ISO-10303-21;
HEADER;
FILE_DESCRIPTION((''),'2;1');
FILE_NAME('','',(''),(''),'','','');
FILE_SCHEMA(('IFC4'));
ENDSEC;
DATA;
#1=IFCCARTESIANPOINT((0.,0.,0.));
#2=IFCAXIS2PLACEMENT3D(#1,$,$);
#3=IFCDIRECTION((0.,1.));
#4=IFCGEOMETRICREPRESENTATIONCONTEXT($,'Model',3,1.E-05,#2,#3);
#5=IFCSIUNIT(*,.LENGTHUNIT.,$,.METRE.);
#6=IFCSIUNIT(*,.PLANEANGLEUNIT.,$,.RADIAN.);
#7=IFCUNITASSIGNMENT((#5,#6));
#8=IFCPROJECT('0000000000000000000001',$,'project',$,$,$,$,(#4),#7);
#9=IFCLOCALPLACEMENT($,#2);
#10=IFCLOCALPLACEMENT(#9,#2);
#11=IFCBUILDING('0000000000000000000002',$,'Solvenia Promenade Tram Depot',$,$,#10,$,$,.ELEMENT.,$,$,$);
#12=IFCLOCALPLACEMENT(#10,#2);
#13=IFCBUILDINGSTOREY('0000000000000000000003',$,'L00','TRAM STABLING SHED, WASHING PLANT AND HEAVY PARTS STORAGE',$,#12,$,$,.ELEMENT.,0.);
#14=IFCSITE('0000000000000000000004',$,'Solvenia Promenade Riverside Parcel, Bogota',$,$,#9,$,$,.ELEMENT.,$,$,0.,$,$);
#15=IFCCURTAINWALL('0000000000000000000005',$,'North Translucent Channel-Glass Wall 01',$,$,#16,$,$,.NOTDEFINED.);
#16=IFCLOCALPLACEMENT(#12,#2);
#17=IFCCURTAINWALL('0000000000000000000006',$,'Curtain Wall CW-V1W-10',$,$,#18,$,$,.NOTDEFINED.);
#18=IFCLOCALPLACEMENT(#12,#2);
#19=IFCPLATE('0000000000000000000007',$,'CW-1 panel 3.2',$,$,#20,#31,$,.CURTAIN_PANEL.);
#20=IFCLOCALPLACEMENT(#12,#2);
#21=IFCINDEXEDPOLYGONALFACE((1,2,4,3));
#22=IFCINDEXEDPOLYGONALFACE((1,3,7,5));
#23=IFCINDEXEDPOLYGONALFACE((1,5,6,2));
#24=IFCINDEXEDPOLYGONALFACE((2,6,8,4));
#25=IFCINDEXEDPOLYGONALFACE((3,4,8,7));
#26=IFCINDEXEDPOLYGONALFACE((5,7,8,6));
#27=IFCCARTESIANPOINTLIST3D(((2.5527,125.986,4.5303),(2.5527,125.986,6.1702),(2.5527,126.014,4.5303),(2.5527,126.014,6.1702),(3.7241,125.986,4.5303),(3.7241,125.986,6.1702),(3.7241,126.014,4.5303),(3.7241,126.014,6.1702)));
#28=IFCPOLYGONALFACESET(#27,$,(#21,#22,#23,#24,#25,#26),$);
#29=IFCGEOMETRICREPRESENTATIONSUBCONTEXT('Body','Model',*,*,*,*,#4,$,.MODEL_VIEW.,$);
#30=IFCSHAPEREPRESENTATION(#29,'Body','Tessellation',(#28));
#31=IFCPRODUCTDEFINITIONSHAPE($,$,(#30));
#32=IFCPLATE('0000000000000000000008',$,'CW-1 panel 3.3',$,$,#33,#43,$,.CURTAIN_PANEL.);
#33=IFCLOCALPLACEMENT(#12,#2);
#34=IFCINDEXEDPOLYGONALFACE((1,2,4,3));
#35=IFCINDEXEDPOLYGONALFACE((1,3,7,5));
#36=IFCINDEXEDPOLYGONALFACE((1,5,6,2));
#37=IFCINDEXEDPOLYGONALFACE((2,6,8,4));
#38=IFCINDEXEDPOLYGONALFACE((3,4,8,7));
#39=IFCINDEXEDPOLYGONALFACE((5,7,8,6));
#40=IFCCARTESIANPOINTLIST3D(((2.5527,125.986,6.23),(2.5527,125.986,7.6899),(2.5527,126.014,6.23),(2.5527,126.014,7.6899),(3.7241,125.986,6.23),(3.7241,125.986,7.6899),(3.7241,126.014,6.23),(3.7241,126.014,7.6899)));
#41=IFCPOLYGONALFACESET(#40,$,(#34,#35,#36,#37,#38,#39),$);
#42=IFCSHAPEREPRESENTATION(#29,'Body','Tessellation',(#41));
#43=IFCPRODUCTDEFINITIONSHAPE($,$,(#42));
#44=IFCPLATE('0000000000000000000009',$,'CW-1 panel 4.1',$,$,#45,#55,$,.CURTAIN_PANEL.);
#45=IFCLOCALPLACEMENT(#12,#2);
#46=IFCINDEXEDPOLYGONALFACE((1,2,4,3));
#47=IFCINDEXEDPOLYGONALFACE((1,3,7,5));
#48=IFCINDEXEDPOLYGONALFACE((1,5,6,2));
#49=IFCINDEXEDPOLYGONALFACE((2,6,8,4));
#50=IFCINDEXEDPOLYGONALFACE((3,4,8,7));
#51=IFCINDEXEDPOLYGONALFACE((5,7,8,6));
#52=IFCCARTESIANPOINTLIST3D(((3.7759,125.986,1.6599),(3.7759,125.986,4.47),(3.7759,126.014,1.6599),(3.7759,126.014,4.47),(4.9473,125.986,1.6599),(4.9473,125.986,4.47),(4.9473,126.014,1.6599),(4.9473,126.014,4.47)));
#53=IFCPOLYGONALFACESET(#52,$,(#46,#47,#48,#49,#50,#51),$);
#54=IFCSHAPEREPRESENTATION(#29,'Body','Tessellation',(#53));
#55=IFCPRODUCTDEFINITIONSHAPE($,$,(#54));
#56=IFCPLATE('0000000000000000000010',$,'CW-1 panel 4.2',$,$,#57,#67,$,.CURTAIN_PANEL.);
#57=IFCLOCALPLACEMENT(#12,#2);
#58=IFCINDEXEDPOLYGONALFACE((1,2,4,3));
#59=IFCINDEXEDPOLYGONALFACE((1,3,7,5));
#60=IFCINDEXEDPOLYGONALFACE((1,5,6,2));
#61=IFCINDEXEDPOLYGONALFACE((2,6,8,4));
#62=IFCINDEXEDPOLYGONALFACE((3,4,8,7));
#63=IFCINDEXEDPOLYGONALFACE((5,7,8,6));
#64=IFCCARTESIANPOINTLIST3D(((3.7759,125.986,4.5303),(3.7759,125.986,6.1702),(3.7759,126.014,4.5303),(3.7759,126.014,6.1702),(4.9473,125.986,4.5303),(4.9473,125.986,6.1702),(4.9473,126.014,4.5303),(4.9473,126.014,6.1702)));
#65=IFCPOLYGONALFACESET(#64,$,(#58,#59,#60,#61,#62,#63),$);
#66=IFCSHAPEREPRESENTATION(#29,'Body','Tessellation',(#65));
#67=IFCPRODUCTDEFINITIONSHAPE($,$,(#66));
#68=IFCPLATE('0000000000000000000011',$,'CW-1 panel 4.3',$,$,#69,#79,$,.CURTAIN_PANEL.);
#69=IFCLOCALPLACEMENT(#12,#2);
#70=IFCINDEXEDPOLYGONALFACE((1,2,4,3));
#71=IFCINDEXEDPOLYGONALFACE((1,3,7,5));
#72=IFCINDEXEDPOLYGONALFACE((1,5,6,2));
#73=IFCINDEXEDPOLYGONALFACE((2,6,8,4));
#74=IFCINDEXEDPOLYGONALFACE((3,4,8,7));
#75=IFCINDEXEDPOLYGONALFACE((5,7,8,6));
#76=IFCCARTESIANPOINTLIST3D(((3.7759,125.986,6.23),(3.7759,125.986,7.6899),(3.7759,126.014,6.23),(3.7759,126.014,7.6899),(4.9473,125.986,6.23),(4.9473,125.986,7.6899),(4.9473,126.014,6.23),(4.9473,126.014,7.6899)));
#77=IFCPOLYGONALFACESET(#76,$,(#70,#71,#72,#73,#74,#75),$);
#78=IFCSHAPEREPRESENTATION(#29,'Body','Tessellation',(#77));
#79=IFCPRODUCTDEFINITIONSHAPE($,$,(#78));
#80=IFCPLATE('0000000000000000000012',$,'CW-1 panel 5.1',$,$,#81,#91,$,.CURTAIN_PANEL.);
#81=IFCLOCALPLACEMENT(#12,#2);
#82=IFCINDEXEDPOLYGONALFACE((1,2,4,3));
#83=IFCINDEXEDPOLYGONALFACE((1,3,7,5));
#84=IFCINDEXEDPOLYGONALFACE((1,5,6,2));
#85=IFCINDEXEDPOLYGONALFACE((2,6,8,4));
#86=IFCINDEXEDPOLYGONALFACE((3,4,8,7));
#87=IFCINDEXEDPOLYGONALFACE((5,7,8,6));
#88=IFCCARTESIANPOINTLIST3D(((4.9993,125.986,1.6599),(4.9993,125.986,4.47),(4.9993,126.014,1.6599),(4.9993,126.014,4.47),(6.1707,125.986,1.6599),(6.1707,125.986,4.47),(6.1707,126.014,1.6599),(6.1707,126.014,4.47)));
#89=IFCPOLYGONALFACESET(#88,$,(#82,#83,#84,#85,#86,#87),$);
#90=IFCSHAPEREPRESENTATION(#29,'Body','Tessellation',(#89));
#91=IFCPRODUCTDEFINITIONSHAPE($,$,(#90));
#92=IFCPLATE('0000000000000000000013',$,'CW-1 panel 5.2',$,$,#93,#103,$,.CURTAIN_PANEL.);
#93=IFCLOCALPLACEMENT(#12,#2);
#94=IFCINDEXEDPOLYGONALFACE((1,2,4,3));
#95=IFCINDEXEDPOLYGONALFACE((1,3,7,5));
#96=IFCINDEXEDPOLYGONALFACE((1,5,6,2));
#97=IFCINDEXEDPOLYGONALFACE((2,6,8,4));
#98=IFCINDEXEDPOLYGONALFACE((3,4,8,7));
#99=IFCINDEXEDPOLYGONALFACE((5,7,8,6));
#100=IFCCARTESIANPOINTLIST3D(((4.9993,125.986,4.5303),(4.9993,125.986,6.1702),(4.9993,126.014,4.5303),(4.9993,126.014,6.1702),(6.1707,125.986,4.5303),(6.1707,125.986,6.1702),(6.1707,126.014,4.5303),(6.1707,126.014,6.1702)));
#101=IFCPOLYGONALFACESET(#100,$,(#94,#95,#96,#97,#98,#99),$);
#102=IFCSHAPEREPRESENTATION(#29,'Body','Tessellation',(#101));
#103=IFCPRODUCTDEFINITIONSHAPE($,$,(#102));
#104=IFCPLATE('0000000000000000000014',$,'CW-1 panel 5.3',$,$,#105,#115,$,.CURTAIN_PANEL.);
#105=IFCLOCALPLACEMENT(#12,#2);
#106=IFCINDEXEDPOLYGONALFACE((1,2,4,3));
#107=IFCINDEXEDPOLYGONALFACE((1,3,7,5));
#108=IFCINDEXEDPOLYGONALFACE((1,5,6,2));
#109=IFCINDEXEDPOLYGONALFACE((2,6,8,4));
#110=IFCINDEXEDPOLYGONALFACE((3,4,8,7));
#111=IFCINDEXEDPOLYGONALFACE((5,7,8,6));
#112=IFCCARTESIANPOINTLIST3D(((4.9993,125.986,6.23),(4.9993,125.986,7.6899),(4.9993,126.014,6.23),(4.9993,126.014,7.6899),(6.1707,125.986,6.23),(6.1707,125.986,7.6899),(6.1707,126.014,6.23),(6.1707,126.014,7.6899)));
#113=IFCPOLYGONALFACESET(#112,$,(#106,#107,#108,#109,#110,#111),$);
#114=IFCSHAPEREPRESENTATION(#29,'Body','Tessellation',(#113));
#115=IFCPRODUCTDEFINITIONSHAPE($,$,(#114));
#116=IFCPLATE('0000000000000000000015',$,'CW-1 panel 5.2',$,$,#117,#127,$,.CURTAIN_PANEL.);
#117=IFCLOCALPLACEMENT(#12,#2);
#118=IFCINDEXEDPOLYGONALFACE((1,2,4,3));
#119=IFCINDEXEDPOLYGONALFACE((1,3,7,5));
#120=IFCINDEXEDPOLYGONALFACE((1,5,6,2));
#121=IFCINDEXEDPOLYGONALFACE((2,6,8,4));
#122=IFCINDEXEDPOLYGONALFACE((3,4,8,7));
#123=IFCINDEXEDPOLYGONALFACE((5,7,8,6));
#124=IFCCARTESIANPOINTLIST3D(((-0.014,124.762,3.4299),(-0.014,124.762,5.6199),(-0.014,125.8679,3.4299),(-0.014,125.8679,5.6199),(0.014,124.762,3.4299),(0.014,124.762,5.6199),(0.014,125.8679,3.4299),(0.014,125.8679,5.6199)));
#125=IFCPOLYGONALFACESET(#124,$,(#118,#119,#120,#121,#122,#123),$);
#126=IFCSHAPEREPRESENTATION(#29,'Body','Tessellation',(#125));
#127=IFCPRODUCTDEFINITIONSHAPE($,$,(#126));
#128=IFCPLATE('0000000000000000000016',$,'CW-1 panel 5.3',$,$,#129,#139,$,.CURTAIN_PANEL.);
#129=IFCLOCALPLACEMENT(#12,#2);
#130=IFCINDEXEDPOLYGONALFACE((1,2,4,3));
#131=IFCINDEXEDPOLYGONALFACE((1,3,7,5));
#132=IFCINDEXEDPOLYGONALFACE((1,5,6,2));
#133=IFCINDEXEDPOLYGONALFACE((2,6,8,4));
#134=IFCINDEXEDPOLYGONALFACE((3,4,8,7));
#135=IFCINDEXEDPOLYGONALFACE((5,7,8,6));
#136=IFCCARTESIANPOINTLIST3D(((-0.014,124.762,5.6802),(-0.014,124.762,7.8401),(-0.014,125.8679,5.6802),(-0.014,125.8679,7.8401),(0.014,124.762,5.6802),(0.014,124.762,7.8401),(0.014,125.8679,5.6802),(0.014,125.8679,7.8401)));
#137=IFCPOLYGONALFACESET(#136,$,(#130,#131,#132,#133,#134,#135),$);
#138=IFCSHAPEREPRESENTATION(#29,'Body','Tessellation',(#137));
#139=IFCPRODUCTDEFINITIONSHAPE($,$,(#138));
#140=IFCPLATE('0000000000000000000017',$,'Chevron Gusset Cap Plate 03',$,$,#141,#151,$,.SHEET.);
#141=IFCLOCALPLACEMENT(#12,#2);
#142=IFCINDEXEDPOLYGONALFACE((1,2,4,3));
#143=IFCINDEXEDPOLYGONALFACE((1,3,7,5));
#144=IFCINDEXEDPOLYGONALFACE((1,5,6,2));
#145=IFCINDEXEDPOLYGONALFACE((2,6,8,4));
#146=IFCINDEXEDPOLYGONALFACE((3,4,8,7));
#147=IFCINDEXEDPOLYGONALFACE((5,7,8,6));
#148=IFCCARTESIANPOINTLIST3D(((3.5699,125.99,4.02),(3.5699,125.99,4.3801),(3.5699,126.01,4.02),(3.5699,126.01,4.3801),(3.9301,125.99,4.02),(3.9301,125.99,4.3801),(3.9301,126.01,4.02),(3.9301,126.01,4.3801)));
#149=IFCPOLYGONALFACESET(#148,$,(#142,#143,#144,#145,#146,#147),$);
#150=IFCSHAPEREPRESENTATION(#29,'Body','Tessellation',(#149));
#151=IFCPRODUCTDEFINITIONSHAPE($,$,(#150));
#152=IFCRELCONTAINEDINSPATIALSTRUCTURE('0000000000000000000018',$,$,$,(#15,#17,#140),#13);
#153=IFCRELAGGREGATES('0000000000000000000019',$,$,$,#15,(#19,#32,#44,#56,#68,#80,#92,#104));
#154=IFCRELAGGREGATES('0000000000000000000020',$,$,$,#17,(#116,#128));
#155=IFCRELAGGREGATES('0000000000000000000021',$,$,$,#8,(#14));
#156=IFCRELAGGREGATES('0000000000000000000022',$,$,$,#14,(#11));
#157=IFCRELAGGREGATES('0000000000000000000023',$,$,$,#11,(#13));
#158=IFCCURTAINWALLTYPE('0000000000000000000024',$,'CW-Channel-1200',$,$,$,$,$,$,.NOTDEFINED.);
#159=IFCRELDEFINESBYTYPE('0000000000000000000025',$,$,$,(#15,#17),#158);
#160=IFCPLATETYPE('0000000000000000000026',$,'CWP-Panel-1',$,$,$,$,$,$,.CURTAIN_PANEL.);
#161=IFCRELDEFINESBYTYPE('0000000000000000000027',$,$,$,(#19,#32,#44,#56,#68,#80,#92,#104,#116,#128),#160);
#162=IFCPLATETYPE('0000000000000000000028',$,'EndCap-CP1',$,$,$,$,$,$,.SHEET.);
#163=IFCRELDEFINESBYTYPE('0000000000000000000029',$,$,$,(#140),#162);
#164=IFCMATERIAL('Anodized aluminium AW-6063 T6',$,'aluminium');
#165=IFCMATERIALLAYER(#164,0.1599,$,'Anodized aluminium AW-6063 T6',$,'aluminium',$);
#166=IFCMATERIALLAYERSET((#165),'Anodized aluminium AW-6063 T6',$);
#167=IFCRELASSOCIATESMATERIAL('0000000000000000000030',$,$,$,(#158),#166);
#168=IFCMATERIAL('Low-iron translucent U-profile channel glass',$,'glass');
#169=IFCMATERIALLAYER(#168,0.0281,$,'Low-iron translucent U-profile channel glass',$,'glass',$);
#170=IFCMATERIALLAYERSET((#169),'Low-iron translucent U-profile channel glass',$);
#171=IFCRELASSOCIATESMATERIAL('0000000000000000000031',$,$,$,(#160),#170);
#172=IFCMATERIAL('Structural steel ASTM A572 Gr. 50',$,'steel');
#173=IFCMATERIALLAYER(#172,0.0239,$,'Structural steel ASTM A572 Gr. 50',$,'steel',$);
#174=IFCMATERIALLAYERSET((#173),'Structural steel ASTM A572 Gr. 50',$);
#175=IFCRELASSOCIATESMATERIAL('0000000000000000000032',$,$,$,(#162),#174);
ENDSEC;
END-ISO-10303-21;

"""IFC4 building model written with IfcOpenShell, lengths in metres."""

from ifc_helpers import new_model, si_unit, direction, frame, origin, origin_2d, place, context, subcontext, project, spatial, rectangle, extrude, material, layer, layer_set, type_object, element, aggregate, save


model = new_model("IFC4")

# Units and contexts
model_context = context("Model", 3, precision=1e-05, world=origin(), true_north=direction((0.0, 1.0)))
body_context = subcontext(model_context, "Body", "Model", "MODEL_VIEW")
ifc_project = project(units=[si_unit("LENGTHUNIT", "METRE"), si_unit("PLANEANGLEUNIT", "RADIAN")], contexts=[model_context])

# Site, building, storey
site_placement = place(None, origin())
site = spatial("IfcSite", under=ifc_project, at=site_placement, Name="Solvenia Promenade Riverside Parcel, Bogota", CompositionType="ELEMENT", RefElevation=0.0)
building_placement = place(site_placement, origin())
building = spatial("IfcBuilding", under=site, at=building_placement, Name="Solvenia Promenade Tram Depot", CompositionType="ELEMENT")
storey_placement = place(building_placement, origin())
storey = spatial("IfcBuildingStorey", under=building, at=storey_placement, Name="L00", Description="TRAM STABLING SHED, WASHING PLANT AND HEAVY PARTS STORAGE", CompositionType="ELEMENT", Elevation=0.0)

# Curtain walls
ifc_material_1 = material(Name="Anodized aluminium AW-6063 T6", Category="aluminium")
ifc_layer_1 = layer(ifc_material_1, 0.1599, Name="Anodized aluminium AW-6063 T6", Category="aluminium")
ifc_layer_set_1 = layer_set([ifc_layer_1], Name="Anodized aluminium AW-6063 T6")
curtain_wall_type = type_object("IfcCurtainWallType", Name="CW-Channel-1200", PredefinedType="NOTDEFINED", material=ifc_layer_set_1)
curtain_wall_1_placement = place(storey_placement, origin())
curtain_wall_1 = element("IfcCurtainWall", 1, at=curtain_wall_1_placement, inside=storey, type_object=curtain_wall_type, Name="North Translucent Channel-Glass Wall 01", PredefinedType="NOTDEFINED")
curtain_wall_2_placement = place(storey_placement, origin())
curtain_wall_2 = element("IfcCurtainWall", 2, at=curtain_wall_2_placement, inside=storey, type_object=curtain_wall_type, Name="Curtain Wall CW-V1W-10", PredefinedType="NOTDEFINED")

# Plates
ifc_material_2 = material(Name="Low-iron translucent U-profile channel glass", Category="glass")
ifc_layer_2 = layer(ifc_material_2, 0.0281, Name="Low-iron translucent U-profile channel glass", Category="glass")
ifc_layer_set_2 = layer_set([ifc_layer_2], Name="Low-iron translucent U-profile channel glass")
plate_type_1 = type_object("IfcPlateType", Name="CWP-Panel-1", PredefinedType="CURTAIN_PANEL", material=ifc_layer_set_2)
plate_1_placement = place(storey_placement, frame((3.1384, 126.0, 4.5303), z_axis=(0.0, 0.0, 1.0), x_axis=(1.0, 0.0, 0.0)))
plate_1 = element("IfcPlate", 3, at=plate_1_placement, type_object=plate_type_1, Name="CW-1 panel 3.2", PredefinedType="CURTAIN_PANEL", context=body_context, shape_type="SweptSolid", body=[
    extrude(rectangle(XDim=1.1714, YDim=0.0281, at=origin_2d()), origin(), (0.0, 0.0, 1.0), 1.6399),
])
plate_2_placement = place(storey_placement, frame((3.1384, 126.0, 6.23), z_axis=(0.0, 0.0, 1.0), x_axis=(1.0, 0.0, 0.0)))
plate_2 = element("IfcPlate", 4, at=plate_2_placement, type_object=plate_type_1, Name="CW-1 panel 3.3", PredefinedType="CURTAIN_PANEL", context=body_context, shape_type="SweptSolid", body=[
    extrude(rectangle(XDim=1.1714, YDim=0.0281, at=origin_2d()), origin(), (0.0, 0.0, 1.0), 1.46),
])
plate_3_placement = place(storey_placement, frame((4.3616, 126.0, 1.6599), z_axis=(0.0, 0.0, 1.0), x_axis=(1.0, 0.0, 0.0)))
plate_3 = element("IfcPlate", 5, at=plate_3_placement, type_object=plate_type_1, Name="CW-1 panel 4.1", PredefinedType="CURTAIN_PANEL", context=body_context, shape_type="SweptSolid", body=[
    extrude(rectangle(XDim=1.1714, YDim=0.0281, at=origin_2d()), origin(), (0.0, 0.0, 1.0), 2.8101),
])
plate_4_placement = place(storey_placement, frame((4.3616, 126.0, 4.5303), z_axis=(0.0, 0.0, 1.0), x_axis=(1.0, 0.0, 0.0)))
plate_4 = element("IfcPlate", 6, at=plate_4_placement, type_object=plate_type_1, Name="CW-1 panel 4.2", PredefinedType="CURTAIN_PANEL", context=body_context, shape_type="SweptSolid", body=[
    extrude(rectangle(XDim=1.1714, YDim=0.0281, at=origin_2d()), origin(), (0.0, 0.0, 1.0), 1.6399),
])
plate_5_placement = place(storey_placement, frame((4.3616, 126.0, 6.23), z_axis=(0.0, 0.0, 1.0), x_axis=(1.0, 0.0, 0.0)))
plate_5 = element("IfcPlate", 7, at=plate_5_placement, type_object=plate_type_1, Name="CW-1 panel 4.3", PredefinedType="CURTAIN_PANEL", context=body_context, shape_type="SweptSolid", body=[
    extrude(rectangle(XDim=1.1714, YDim=0.0281, at=origin_2d()), origin(), (0.0, 0.0, 1.0), 1.46),
])
plate_6_placement = place(storey_placement, frame((5.585, 126.0, 1.6599), z_axis=(0.0, 0.0, 1.0), x_axis=(1.0, 0.0, 0.0)))
plate_6 = element("IfcPlate", 8, at=plate_6_placement, type_object=plate_type_1, Name="CW-1 panel 5.1", PredefinedType="CURTAIN_PANEL", context=body_context, shape_type="SweptSolid", body=[
    extrude(rectangle(XDim=1.1714, YDim=0.0281, at=origin_2d()), origin(), (0.0, 0.0, 1.0), 2.8101),
])
plate_7_placement = place(storey_placement, frame((5.585, 126.0, 4.5303), z_axis=(0.0, 0.0, 1.0), x_axis=(1.0, 0.0, 0.0)))
plate_7 = element("IfcPlate", 9, at=plate_7_placement, type_object=plate_type_1, Name="CW-1 panel 5.2", PredefinedType="CURTAIN_PANEL", context=body_context, shape_type="SweptSolid", body=[
    extrude(rectangle(XDim=1.1714, YDim=0.0281, at=origin_2d()), origin(), (0.0, 0.0, 1.0), 1.6399),
])
plate_8_placement = place(storey_placement, frame((5.585, 126.0, 6.23), z_axis=(0.0, 0.0, 1.0), x_axis=(1.0, 0.0, 0.0)))
plate_8 = element("IfcPlate", 10, at=plate_8_placement, type_object=plate_type_1, Name="CW-1 panel 5.3", PredefinedType="CURTAIN_PANEL", context=body_context, shape_type="SweptSolid", body=[
    extrude(rectangle(XDim=1.1714, YDim=0.0281, at=origin_2d()), origin(), (0.0, 0.0, 1.0), 1.46),
])
aggregate(curtain_wall_1, [plate_1, plate_2, plate_3, plate_4, plate_5, plate_6, plate_7, plate_8])
plate_9_placement = place(storey_placement, frame((0.0, 125.3149, 3.4299), z_axis=(0.0, 0.0, 1.0), x_axis=(0.0, 1.0, 0.0)))
plate_9 = element("IfcPlate", 11, at=plate_9_placement, type_object=plate_type_1, Name="CW-1 panel 5.2", PredefinedType="CURTAIN_PANEL", context=body_context, shape_type="SweptSolid", body=[
    extrude(rectangle(XDim=1.106, YDim=0.0281, at=origin_2d()), origin(), (0.0, 0.0, 1.0), 2.1899),
])
plate_10_placement = place(storey_placement, frame((0.0, 125.3149, 5.6802), z_axis=(0.0, 0.0, 1.0), x_axis=(0.0, 1.0, 0.0)))
plate_10 = element("IfcPlate", 12, at=plate_10_placement, type_object=plate_type_1, Name="CW-1 panel 5.3", PredefinedType="CURTAIN_PANEL", context=body_context, shape_type="SweptSolid", body=[
    extrude(rectangle(XDim=1.106, YDim=0.0281, at=origin_2d()), origin(), (0.0, 0.0, 1.0), 2.1599),
])
aggregate(curtain_wall_2, [plate_9, plate_10])
ifc_material_3 = material(Name="Structural steel ASTM A572 Gr. 50", Category="steel")
ifc_layer_3 = layer(ifc_material_3, 0.0239, Name="Structural steel ASTM A572 Gr. 50", Category="steel")
ifc_layer_set_3 = layer_set([ifc_layer_3], Name="Structural steel ASTM A572 Gr. 50")
plate_type_2 = type_object("IfcPlateType", Name="EndCap-CP1", PredefinedType="SHEET", material=ifc_layer_set_3)
plate_11_placement = place(storey_placement, frame((3.75, 126.0, 4.02), z_axis=(0.0, 0.0, 1.0), x_axis=(1.0, 0.0, 0.0)))
element("IfcPlate", 13, at=plate_11_placement, inside=storey, type_object=plate_type_2, Name="Chevron Gusset Cap Plate 03", PredefinedType="SHEET", context=body_context, shape_type="SweptSolid", body=[
    extrude(rectangle(XDim=0.3601, YDim=0.02, at=origin_2d()), origin(), (0.0, 0.0, 1.0), 0.3601),
])

save(model, "model.ifc")
